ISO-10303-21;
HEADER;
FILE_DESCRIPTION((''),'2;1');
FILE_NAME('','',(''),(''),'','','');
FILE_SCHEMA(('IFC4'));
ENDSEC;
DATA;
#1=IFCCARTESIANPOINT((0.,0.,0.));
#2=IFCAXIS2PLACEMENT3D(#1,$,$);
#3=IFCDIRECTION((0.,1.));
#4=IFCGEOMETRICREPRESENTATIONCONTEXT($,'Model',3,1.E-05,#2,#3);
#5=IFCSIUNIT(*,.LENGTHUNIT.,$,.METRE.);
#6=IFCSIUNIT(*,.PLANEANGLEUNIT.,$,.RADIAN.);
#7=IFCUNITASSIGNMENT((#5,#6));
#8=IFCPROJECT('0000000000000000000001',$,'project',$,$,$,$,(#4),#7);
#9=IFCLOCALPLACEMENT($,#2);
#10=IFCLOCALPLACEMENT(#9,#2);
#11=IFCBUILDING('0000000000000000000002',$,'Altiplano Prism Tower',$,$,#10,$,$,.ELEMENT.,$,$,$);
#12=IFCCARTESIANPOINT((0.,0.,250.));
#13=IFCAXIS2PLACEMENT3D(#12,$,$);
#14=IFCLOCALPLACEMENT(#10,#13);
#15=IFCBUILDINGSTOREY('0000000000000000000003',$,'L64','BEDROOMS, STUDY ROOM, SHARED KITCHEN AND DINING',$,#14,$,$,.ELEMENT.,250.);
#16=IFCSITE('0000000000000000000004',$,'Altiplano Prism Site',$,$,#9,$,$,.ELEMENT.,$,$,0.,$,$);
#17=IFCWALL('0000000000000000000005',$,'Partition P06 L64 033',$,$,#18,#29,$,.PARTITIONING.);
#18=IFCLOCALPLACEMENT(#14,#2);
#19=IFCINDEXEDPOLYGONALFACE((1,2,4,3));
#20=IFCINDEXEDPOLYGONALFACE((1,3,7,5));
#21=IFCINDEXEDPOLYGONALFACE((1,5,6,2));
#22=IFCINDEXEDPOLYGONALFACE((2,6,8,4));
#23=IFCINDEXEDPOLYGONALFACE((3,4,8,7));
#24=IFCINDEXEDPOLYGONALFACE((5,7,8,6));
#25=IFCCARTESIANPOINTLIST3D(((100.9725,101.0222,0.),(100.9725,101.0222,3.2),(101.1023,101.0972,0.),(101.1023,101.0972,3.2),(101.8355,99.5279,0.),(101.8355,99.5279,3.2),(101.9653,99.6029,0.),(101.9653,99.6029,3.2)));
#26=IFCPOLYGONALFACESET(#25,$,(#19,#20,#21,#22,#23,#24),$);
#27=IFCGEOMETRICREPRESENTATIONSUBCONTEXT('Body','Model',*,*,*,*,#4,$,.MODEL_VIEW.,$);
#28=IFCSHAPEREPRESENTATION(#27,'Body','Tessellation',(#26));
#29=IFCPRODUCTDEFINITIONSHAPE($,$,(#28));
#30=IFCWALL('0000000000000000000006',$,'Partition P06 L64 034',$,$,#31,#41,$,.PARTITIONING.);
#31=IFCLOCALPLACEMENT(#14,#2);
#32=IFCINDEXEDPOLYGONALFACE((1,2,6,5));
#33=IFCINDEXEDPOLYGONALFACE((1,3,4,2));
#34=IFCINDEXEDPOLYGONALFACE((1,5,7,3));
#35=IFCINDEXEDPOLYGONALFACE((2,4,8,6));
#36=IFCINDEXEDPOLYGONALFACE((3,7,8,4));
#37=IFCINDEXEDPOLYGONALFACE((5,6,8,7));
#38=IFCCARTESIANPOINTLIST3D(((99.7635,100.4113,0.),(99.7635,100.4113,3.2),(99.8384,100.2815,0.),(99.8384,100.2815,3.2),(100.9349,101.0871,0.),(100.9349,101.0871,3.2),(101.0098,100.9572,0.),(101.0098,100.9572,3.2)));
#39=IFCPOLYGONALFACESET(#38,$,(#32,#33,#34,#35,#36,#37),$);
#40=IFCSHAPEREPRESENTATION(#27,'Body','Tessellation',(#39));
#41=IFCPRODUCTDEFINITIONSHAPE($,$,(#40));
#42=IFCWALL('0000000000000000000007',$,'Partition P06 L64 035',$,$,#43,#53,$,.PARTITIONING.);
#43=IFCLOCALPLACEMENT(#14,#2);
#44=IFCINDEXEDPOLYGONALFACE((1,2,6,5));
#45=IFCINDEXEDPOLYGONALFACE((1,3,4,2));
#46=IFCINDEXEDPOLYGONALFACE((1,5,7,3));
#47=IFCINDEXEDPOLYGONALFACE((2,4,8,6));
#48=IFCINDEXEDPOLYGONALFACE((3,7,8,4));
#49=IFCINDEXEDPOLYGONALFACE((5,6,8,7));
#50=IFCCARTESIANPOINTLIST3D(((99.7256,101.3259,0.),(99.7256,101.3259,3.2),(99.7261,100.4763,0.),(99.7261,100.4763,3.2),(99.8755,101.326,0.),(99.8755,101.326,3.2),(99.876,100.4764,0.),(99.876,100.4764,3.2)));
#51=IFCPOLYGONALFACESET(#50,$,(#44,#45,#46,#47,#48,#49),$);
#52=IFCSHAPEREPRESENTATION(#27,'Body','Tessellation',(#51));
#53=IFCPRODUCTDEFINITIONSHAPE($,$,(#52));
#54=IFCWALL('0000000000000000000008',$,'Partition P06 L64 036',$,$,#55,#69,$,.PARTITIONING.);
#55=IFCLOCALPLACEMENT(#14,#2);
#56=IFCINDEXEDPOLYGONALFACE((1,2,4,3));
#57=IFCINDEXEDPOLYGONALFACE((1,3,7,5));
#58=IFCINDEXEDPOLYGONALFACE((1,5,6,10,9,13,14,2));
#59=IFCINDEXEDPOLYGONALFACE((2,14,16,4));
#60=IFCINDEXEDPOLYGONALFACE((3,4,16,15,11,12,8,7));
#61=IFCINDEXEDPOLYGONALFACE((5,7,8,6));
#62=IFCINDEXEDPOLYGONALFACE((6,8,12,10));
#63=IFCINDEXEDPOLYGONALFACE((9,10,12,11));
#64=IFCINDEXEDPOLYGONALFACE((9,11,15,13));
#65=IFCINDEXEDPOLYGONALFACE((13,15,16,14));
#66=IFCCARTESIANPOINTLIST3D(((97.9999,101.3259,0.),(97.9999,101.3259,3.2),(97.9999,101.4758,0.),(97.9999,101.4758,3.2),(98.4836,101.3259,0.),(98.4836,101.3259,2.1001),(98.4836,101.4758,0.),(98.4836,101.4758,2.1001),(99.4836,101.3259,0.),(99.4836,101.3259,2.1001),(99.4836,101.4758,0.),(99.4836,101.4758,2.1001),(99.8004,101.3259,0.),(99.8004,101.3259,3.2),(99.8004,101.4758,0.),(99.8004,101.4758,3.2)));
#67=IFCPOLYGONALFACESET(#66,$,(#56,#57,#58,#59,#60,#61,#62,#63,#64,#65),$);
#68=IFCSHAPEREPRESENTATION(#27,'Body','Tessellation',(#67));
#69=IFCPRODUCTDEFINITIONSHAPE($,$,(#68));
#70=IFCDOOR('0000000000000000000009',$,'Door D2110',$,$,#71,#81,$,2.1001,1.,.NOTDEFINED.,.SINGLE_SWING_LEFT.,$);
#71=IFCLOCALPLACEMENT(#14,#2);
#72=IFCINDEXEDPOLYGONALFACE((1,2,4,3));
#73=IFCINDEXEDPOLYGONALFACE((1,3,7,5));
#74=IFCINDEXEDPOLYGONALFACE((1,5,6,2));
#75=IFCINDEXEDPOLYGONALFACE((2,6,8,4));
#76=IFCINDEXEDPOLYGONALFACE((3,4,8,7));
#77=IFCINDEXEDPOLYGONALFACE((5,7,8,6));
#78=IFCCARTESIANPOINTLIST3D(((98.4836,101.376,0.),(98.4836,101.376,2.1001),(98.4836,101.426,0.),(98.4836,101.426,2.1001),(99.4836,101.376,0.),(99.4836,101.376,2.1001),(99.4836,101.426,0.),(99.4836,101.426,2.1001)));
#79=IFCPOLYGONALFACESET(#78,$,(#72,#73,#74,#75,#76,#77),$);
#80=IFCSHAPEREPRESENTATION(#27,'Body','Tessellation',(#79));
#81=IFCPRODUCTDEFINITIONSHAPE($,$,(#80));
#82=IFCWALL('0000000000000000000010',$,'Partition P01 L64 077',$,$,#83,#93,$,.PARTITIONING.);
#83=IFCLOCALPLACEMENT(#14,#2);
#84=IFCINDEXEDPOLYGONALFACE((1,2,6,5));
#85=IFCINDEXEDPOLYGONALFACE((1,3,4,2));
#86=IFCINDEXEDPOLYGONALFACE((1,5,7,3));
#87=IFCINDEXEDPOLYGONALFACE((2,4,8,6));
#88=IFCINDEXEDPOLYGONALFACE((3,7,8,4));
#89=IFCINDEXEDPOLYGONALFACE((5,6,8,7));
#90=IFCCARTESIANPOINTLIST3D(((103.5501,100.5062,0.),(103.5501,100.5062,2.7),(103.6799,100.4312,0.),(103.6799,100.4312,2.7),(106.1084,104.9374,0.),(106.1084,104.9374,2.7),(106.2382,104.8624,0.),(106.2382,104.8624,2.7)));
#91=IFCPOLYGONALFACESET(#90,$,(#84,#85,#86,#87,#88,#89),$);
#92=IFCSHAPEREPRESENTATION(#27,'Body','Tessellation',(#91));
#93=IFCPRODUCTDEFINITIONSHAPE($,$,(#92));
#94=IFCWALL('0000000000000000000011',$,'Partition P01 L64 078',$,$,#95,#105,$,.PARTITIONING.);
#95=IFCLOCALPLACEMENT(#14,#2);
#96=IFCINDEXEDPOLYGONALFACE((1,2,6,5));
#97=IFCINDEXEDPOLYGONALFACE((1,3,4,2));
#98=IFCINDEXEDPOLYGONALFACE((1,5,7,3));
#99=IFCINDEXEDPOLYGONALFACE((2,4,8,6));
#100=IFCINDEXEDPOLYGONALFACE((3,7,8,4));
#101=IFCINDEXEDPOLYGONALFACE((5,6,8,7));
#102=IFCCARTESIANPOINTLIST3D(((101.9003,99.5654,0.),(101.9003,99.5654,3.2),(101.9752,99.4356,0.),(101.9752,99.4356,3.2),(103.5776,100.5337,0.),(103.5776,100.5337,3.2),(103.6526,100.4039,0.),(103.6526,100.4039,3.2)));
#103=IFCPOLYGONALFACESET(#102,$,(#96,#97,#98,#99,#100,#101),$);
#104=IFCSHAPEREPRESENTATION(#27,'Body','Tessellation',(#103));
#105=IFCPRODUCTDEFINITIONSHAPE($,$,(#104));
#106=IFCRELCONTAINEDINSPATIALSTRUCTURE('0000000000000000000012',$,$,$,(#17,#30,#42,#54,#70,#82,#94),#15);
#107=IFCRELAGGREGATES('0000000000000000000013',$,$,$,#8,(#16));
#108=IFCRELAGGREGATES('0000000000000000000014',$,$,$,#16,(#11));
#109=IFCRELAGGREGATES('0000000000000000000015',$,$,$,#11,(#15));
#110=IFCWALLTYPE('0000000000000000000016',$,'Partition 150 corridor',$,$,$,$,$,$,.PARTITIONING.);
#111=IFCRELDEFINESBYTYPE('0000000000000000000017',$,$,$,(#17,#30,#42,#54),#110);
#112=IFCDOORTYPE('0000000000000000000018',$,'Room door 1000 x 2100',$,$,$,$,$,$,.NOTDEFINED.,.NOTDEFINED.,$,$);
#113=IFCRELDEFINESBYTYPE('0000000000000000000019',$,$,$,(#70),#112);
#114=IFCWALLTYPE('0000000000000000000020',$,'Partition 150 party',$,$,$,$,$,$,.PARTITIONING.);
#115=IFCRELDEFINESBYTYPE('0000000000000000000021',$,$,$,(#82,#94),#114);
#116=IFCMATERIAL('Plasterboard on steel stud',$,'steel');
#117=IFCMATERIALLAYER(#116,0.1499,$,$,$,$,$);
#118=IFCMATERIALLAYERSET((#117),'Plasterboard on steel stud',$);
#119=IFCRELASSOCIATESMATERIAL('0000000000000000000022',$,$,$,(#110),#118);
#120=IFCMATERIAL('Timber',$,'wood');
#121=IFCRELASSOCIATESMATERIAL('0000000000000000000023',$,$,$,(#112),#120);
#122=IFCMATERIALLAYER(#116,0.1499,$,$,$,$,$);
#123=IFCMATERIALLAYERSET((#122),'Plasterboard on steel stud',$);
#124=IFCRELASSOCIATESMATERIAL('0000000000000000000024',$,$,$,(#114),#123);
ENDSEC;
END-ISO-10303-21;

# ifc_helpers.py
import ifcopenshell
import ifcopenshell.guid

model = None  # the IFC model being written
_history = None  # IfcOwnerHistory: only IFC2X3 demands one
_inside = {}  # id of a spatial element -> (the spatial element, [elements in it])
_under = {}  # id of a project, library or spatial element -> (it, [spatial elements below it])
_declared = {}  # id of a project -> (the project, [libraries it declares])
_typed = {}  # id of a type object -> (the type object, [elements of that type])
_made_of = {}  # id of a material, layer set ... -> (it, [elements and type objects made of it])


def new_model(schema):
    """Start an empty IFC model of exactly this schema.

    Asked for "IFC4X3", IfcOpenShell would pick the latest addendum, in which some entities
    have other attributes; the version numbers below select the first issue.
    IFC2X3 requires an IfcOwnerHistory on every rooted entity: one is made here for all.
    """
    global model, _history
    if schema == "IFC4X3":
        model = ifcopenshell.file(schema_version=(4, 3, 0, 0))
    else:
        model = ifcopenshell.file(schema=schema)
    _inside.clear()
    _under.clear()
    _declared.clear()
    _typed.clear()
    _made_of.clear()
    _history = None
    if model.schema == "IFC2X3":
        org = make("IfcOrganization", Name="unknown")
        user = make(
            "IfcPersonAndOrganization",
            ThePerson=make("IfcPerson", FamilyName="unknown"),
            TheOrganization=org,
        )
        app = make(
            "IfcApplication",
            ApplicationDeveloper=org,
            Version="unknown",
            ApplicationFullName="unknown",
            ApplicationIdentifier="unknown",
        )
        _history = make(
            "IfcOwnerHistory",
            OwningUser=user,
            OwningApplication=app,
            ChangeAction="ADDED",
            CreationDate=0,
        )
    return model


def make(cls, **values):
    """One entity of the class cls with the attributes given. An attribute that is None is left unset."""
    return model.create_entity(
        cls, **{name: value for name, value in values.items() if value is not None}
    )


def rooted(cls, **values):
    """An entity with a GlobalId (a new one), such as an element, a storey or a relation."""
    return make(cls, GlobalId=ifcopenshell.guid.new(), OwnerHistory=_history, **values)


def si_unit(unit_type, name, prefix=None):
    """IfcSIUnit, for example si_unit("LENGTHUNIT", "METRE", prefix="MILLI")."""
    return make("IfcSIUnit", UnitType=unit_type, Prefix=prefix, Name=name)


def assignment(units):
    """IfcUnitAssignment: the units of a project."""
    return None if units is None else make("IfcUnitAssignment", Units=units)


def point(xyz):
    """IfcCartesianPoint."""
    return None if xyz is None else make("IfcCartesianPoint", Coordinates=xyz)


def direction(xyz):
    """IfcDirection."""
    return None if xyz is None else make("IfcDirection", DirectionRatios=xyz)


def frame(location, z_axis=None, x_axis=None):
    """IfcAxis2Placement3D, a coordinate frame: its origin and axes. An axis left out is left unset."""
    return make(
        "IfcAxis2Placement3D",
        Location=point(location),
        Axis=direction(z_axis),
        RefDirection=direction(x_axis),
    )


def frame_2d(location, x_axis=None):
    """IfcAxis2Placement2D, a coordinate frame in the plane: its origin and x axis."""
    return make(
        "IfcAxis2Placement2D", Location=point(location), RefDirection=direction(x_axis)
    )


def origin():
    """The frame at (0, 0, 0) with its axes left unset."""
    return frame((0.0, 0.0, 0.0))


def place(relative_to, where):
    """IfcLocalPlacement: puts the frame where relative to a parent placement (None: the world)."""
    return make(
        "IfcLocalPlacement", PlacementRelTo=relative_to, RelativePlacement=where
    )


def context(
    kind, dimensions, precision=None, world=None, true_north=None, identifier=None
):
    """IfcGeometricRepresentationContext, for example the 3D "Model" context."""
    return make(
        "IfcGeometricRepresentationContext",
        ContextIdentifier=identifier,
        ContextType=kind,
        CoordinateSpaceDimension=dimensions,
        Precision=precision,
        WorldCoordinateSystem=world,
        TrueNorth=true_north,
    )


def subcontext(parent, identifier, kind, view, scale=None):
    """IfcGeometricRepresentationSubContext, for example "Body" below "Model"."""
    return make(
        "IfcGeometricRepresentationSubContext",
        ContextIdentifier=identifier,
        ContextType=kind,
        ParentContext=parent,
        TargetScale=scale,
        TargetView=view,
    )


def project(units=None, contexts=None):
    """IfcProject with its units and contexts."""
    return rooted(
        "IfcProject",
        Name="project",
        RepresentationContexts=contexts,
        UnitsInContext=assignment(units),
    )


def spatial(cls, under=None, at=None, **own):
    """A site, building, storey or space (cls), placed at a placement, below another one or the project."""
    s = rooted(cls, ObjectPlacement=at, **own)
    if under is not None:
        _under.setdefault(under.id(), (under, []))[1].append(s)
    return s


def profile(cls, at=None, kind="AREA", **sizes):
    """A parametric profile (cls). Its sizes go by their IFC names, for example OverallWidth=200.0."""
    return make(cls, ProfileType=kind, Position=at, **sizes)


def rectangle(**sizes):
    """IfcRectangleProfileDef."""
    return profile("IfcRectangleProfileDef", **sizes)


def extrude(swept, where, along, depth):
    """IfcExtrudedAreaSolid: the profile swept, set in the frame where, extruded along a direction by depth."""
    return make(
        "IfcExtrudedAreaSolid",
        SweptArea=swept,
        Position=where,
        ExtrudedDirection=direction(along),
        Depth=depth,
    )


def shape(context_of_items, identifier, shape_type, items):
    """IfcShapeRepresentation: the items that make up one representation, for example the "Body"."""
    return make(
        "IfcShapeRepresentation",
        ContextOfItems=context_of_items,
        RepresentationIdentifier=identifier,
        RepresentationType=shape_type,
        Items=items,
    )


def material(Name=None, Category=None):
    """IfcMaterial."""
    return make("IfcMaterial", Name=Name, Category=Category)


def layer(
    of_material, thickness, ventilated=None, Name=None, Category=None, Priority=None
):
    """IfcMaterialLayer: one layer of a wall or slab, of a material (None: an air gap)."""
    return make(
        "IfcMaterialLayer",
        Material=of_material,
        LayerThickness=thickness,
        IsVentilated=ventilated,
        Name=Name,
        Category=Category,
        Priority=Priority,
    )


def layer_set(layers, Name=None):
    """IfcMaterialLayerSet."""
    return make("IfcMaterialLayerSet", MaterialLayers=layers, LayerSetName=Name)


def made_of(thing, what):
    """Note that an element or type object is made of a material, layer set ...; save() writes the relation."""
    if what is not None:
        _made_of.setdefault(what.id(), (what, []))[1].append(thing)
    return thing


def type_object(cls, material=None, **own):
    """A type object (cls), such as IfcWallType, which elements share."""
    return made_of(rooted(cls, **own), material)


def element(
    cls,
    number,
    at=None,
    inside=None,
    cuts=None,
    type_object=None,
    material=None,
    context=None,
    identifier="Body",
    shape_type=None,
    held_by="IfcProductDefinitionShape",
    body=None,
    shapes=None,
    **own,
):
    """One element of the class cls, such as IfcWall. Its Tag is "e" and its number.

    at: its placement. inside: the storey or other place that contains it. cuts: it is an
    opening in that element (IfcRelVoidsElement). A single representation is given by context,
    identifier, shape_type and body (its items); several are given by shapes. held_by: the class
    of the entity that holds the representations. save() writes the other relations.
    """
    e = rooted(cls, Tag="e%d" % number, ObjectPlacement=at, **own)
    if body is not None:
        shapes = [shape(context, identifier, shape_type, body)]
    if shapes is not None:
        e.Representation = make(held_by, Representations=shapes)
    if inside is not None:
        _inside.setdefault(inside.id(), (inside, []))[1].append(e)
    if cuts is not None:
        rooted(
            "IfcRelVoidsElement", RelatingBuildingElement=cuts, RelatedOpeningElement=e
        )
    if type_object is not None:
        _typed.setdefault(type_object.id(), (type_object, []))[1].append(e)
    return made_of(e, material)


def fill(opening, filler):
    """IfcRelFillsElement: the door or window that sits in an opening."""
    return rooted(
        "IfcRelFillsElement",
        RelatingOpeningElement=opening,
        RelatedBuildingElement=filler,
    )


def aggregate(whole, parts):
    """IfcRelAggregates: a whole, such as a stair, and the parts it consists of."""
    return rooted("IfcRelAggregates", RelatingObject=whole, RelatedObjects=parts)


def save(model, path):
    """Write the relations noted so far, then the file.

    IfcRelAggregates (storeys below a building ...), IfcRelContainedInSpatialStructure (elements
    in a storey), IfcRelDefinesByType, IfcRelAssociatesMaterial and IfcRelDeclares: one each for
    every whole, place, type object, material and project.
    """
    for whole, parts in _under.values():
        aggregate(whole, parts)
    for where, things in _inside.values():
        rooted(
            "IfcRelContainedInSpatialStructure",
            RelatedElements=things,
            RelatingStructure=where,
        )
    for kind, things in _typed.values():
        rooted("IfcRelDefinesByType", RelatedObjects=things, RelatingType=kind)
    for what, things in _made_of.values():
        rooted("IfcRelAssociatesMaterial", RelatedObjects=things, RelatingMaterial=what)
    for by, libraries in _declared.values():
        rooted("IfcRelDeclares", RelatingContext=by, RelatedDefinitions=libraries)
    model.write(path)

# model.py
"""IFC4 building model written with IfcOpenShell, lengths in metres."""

from ifc_helpers import new_model, si_unit, direction, frame, frame_2d, origin, place, context, subcontext, project, spatial, rectangle, extrude, material, layer, layer_set, type_object, element, fill, save


model = new_model("IFC4")

# Units and contexts
model_context = context("Model", 3, precision=1e-05, world=origin(), true_north=direction((0.0, 1.0)))
body_context = subcontext(model_context, "Body", "Model", "MODEL_VIEW")
ifc_project = project(units=[si_unit("LENGTHUNIT", "METRE"), si_unit("PLANEANGLEUNIT", "RADIAN")], contexts=[model_context])

# Site, building, storey
site_placement = place(None, origin())
site = spatial("IfcSite", under=ifc_project, at=site_placement, Name="Altiplano Prism Site", CompositionType="ELEMENT", RefElevation=0.0)
building_placement = place(site_placement, origin())
building = spatial("IfcBuilding", under=site, at=building_placement, Name="Altiplano Prism Tower", CompositionType="ELEMENT")
storey_placement = place(building_placement, frame((0.0, 0.0, 250.0)))
storey = spatial("IfcBuildingStorey", under=building, at=storey_placement, Name="L64", Description="BEDROOMS, STUDY ROOM, SHARED KITCHEN AND DINING", CompositionType="ELEMENT", Elevation=250.0)

# Shared definitions
ifc_material_1 = material(Name="Plasterboard on steel stud", Category="steel")
ifc_layer_1 = layer(ifc_material_1, 0.1499)
ifc_layer_set_1 = layer_set([ifc_layer_1], Name="Plasterboard on steel stud")
wall_type_1 = type_object("IfcWallType", Name="Partition 150 corridor", PredefinedType="PARTITIONING", material=ifc_layer_set_1)

# Shared definitions
ifc_material_2 = material(Name="Timber", Category="wood")

# Walls
wall_1_placement = place(storey_placement, frame((101.9004, 99.5654, 0.0), z_axis=(0.0, 0.0, 1.0), x_axis=(-0.50011, 0.865962, 0.0)))
element("IfcWall", 1, at=wall_1_placement, inside=storey, type_object=wall_type_1, Name="Partition P06 L64 033", PredefinedType="PARTITIONING", context=body_context, shape_type="SweptSolid", body=[
    extrude(rectangle(XDim=1.7256, YDim=0.1499, at=frame_2d((0.8628, 0.0))), origin(), (0.0, 0.0, 1.0), 3.2),
])
wall_2_placement = place(storey_placement, frame((100.9724, 101.0222, 0.0), z_axis=(0.0, 0.0, 1.0), x_axis=(-0.866192, -0.499712, 0.0)))
element("IfcWall", 2, at=wall_2_placement, inside=storey, type_object=wall_type_1, Name="Partition P06 L64 034", PredefinedType="PARTITIONING", context=body_context, shape_type="SweptSolid", body=[
    extrude(rectangle(XDim=1.3523, YDim=0.1499, at=frame_2d((0.6763, 0.0))), origin(), (0.0, 0.0, 1.0), 3.2),
])
wall_3_placement = place(storey_placement, frame((99.801, 100.4763, 0.0), z_axis=(0.0, 0.0, 1.0), x_axis=(-0.000575, 1.0, 0.0)))
element("IfcWall", 3, at=wall_3_placement, inside=storey, type_object=wall_type_1, Name="Partition P06 L64 035", PredefinedType="PARTITIONING", context=body_context, shape_type="SweptSolid", body=[
    extrude(rectangle(XDim=0.8496, YDim=0.1499, at=frame_2d((0.4248, 0.0))), origin(), (0.0, 0.0, 1.0), 3.2),
])

# Wall, opening, door
wall_4_placement = place(storey_placement, frame((99.8005, 101.4009, 0.0), z_axis=(0.0, 0.0, 1.0), x_axis=(-1.0, 0.0, 0.0)))
wall_4 = element("IfcWall", 4, at=wall_4_placement, inside=storey, type_object=wall_type_1, Name="Partition P06 L64 036", PredefinedType="PARTITIONING", context=body_context, shape_type="SweptSolid", body=[
    extrude(rectangle(XDim=1.8005, YDim=0.1499, at=frame_2d((0.9004, 0.0))), origin(), (0.0, 0.0, 1.0), 3.2),
])
opening_1_placement = place(wall_4_placement, frame((0.3169, 0.0, 0.0)))
opening_1 = element("IfcOpeningElement", 5, at=opening_1_placement, cuts=wall_4, PredefinedType="OPENING", context=body_context, shape_type="SweptSolid", body=[
    extrude(rectangle(XDim=1.0, YDim=2.1001, at=frame_2d((0.5, 1.05))), frame((0.0, 0.0854, 0.0), z_axis=(0.0, -1.0, 0.0), x_axis=(1.0, 0.0, 0.0)), (0.0, 0.0, 1.0), 0.1709),
])
door_type_1 = type_object("IfcDoorType", Name="Room door 1000 x 2100", OperationType="NOTDEFINED", PredefinedType="NOTDEFINED", material=ifc_material_2)
door_1_placement = place(opening_1_placement, origin())
door_1 = element("IfcDoor", 6, at=door_1_placement, inside=storey, type_object=door_type_1, Name="Door D2110", OperationType="SINGLE_SWING_LEFT", OverallHeight=2.1001, OverallWidth=1.0, PredefinedType="NOTDEFINED", context=body_context, shape_type="SweptSolid", body=[
    extrude(rectangle(XDim=1.0, YDim=2.1001, at=frame_2d((0.5, 1.05))), frame((0.0, 0.0249, 0.0), z_axis=(0.0, -1.0, 0.0), x_axis=(1.0, 0.0, 0.0)), (0.0, 0.0, 1.0), 0.05),
])
fill(opening_1, door_1)

# Walls
ifc_layer_2 = layer(ifc_material_1, 0.1499)
ifc_layer_set_2 = layer_set([ifc_layer_2], Name="Plasterboard on steel stud")
wall_type_2 = type_object("IfcWallType", Name="Partition 150 party", PredefinedType="PARTITIONING", material=ifc_layer_set_2)
wall_5_placement = place(storey_placement, frame((106.1733, 104.8999, 0.0), z_axis=(0.0, 0.0, 1.0), x_axis=(-0.500003, -0.866023, 0.0)))
element("IfcWall", 7, at=wall_5_placement, inside=storey, type_object=wall_type_2, Name="Partition P01 L64 077", PredefinedType="PARTITIONING", context=body_context, shape_type="SweptSolid", body=[
    extrude(rectangle(XDim=5.1167, YDim=0.1499, at=frame_2d((2.5583, 0.0))), origin(), (0.0, 0.0, 1.0), 2.7),
])
wall_6_placement = place(storey_placement, frame((103.615, 100.4688, 0.0), z_axis=(0.0, 0.0, 1.0), x_axis=(-0.866047, -0.499963, 0.0)))
element("IfcWall", 8, at=wall_6_placement, inside=storey, type_object=wall_type_2, Name="Partition P01 L64 078", PredefinedType="PARTITIONING", context=body_context, shape_type="SweptSolid", body=[
    extrude(rectangle(XDim=1.9368, YDim=0.1499, at=frame_2d((0.9683, 0.0))), origin(), (0.0, 0.0, 1.0), 3.2),
])

save(model, "model.ifc")
